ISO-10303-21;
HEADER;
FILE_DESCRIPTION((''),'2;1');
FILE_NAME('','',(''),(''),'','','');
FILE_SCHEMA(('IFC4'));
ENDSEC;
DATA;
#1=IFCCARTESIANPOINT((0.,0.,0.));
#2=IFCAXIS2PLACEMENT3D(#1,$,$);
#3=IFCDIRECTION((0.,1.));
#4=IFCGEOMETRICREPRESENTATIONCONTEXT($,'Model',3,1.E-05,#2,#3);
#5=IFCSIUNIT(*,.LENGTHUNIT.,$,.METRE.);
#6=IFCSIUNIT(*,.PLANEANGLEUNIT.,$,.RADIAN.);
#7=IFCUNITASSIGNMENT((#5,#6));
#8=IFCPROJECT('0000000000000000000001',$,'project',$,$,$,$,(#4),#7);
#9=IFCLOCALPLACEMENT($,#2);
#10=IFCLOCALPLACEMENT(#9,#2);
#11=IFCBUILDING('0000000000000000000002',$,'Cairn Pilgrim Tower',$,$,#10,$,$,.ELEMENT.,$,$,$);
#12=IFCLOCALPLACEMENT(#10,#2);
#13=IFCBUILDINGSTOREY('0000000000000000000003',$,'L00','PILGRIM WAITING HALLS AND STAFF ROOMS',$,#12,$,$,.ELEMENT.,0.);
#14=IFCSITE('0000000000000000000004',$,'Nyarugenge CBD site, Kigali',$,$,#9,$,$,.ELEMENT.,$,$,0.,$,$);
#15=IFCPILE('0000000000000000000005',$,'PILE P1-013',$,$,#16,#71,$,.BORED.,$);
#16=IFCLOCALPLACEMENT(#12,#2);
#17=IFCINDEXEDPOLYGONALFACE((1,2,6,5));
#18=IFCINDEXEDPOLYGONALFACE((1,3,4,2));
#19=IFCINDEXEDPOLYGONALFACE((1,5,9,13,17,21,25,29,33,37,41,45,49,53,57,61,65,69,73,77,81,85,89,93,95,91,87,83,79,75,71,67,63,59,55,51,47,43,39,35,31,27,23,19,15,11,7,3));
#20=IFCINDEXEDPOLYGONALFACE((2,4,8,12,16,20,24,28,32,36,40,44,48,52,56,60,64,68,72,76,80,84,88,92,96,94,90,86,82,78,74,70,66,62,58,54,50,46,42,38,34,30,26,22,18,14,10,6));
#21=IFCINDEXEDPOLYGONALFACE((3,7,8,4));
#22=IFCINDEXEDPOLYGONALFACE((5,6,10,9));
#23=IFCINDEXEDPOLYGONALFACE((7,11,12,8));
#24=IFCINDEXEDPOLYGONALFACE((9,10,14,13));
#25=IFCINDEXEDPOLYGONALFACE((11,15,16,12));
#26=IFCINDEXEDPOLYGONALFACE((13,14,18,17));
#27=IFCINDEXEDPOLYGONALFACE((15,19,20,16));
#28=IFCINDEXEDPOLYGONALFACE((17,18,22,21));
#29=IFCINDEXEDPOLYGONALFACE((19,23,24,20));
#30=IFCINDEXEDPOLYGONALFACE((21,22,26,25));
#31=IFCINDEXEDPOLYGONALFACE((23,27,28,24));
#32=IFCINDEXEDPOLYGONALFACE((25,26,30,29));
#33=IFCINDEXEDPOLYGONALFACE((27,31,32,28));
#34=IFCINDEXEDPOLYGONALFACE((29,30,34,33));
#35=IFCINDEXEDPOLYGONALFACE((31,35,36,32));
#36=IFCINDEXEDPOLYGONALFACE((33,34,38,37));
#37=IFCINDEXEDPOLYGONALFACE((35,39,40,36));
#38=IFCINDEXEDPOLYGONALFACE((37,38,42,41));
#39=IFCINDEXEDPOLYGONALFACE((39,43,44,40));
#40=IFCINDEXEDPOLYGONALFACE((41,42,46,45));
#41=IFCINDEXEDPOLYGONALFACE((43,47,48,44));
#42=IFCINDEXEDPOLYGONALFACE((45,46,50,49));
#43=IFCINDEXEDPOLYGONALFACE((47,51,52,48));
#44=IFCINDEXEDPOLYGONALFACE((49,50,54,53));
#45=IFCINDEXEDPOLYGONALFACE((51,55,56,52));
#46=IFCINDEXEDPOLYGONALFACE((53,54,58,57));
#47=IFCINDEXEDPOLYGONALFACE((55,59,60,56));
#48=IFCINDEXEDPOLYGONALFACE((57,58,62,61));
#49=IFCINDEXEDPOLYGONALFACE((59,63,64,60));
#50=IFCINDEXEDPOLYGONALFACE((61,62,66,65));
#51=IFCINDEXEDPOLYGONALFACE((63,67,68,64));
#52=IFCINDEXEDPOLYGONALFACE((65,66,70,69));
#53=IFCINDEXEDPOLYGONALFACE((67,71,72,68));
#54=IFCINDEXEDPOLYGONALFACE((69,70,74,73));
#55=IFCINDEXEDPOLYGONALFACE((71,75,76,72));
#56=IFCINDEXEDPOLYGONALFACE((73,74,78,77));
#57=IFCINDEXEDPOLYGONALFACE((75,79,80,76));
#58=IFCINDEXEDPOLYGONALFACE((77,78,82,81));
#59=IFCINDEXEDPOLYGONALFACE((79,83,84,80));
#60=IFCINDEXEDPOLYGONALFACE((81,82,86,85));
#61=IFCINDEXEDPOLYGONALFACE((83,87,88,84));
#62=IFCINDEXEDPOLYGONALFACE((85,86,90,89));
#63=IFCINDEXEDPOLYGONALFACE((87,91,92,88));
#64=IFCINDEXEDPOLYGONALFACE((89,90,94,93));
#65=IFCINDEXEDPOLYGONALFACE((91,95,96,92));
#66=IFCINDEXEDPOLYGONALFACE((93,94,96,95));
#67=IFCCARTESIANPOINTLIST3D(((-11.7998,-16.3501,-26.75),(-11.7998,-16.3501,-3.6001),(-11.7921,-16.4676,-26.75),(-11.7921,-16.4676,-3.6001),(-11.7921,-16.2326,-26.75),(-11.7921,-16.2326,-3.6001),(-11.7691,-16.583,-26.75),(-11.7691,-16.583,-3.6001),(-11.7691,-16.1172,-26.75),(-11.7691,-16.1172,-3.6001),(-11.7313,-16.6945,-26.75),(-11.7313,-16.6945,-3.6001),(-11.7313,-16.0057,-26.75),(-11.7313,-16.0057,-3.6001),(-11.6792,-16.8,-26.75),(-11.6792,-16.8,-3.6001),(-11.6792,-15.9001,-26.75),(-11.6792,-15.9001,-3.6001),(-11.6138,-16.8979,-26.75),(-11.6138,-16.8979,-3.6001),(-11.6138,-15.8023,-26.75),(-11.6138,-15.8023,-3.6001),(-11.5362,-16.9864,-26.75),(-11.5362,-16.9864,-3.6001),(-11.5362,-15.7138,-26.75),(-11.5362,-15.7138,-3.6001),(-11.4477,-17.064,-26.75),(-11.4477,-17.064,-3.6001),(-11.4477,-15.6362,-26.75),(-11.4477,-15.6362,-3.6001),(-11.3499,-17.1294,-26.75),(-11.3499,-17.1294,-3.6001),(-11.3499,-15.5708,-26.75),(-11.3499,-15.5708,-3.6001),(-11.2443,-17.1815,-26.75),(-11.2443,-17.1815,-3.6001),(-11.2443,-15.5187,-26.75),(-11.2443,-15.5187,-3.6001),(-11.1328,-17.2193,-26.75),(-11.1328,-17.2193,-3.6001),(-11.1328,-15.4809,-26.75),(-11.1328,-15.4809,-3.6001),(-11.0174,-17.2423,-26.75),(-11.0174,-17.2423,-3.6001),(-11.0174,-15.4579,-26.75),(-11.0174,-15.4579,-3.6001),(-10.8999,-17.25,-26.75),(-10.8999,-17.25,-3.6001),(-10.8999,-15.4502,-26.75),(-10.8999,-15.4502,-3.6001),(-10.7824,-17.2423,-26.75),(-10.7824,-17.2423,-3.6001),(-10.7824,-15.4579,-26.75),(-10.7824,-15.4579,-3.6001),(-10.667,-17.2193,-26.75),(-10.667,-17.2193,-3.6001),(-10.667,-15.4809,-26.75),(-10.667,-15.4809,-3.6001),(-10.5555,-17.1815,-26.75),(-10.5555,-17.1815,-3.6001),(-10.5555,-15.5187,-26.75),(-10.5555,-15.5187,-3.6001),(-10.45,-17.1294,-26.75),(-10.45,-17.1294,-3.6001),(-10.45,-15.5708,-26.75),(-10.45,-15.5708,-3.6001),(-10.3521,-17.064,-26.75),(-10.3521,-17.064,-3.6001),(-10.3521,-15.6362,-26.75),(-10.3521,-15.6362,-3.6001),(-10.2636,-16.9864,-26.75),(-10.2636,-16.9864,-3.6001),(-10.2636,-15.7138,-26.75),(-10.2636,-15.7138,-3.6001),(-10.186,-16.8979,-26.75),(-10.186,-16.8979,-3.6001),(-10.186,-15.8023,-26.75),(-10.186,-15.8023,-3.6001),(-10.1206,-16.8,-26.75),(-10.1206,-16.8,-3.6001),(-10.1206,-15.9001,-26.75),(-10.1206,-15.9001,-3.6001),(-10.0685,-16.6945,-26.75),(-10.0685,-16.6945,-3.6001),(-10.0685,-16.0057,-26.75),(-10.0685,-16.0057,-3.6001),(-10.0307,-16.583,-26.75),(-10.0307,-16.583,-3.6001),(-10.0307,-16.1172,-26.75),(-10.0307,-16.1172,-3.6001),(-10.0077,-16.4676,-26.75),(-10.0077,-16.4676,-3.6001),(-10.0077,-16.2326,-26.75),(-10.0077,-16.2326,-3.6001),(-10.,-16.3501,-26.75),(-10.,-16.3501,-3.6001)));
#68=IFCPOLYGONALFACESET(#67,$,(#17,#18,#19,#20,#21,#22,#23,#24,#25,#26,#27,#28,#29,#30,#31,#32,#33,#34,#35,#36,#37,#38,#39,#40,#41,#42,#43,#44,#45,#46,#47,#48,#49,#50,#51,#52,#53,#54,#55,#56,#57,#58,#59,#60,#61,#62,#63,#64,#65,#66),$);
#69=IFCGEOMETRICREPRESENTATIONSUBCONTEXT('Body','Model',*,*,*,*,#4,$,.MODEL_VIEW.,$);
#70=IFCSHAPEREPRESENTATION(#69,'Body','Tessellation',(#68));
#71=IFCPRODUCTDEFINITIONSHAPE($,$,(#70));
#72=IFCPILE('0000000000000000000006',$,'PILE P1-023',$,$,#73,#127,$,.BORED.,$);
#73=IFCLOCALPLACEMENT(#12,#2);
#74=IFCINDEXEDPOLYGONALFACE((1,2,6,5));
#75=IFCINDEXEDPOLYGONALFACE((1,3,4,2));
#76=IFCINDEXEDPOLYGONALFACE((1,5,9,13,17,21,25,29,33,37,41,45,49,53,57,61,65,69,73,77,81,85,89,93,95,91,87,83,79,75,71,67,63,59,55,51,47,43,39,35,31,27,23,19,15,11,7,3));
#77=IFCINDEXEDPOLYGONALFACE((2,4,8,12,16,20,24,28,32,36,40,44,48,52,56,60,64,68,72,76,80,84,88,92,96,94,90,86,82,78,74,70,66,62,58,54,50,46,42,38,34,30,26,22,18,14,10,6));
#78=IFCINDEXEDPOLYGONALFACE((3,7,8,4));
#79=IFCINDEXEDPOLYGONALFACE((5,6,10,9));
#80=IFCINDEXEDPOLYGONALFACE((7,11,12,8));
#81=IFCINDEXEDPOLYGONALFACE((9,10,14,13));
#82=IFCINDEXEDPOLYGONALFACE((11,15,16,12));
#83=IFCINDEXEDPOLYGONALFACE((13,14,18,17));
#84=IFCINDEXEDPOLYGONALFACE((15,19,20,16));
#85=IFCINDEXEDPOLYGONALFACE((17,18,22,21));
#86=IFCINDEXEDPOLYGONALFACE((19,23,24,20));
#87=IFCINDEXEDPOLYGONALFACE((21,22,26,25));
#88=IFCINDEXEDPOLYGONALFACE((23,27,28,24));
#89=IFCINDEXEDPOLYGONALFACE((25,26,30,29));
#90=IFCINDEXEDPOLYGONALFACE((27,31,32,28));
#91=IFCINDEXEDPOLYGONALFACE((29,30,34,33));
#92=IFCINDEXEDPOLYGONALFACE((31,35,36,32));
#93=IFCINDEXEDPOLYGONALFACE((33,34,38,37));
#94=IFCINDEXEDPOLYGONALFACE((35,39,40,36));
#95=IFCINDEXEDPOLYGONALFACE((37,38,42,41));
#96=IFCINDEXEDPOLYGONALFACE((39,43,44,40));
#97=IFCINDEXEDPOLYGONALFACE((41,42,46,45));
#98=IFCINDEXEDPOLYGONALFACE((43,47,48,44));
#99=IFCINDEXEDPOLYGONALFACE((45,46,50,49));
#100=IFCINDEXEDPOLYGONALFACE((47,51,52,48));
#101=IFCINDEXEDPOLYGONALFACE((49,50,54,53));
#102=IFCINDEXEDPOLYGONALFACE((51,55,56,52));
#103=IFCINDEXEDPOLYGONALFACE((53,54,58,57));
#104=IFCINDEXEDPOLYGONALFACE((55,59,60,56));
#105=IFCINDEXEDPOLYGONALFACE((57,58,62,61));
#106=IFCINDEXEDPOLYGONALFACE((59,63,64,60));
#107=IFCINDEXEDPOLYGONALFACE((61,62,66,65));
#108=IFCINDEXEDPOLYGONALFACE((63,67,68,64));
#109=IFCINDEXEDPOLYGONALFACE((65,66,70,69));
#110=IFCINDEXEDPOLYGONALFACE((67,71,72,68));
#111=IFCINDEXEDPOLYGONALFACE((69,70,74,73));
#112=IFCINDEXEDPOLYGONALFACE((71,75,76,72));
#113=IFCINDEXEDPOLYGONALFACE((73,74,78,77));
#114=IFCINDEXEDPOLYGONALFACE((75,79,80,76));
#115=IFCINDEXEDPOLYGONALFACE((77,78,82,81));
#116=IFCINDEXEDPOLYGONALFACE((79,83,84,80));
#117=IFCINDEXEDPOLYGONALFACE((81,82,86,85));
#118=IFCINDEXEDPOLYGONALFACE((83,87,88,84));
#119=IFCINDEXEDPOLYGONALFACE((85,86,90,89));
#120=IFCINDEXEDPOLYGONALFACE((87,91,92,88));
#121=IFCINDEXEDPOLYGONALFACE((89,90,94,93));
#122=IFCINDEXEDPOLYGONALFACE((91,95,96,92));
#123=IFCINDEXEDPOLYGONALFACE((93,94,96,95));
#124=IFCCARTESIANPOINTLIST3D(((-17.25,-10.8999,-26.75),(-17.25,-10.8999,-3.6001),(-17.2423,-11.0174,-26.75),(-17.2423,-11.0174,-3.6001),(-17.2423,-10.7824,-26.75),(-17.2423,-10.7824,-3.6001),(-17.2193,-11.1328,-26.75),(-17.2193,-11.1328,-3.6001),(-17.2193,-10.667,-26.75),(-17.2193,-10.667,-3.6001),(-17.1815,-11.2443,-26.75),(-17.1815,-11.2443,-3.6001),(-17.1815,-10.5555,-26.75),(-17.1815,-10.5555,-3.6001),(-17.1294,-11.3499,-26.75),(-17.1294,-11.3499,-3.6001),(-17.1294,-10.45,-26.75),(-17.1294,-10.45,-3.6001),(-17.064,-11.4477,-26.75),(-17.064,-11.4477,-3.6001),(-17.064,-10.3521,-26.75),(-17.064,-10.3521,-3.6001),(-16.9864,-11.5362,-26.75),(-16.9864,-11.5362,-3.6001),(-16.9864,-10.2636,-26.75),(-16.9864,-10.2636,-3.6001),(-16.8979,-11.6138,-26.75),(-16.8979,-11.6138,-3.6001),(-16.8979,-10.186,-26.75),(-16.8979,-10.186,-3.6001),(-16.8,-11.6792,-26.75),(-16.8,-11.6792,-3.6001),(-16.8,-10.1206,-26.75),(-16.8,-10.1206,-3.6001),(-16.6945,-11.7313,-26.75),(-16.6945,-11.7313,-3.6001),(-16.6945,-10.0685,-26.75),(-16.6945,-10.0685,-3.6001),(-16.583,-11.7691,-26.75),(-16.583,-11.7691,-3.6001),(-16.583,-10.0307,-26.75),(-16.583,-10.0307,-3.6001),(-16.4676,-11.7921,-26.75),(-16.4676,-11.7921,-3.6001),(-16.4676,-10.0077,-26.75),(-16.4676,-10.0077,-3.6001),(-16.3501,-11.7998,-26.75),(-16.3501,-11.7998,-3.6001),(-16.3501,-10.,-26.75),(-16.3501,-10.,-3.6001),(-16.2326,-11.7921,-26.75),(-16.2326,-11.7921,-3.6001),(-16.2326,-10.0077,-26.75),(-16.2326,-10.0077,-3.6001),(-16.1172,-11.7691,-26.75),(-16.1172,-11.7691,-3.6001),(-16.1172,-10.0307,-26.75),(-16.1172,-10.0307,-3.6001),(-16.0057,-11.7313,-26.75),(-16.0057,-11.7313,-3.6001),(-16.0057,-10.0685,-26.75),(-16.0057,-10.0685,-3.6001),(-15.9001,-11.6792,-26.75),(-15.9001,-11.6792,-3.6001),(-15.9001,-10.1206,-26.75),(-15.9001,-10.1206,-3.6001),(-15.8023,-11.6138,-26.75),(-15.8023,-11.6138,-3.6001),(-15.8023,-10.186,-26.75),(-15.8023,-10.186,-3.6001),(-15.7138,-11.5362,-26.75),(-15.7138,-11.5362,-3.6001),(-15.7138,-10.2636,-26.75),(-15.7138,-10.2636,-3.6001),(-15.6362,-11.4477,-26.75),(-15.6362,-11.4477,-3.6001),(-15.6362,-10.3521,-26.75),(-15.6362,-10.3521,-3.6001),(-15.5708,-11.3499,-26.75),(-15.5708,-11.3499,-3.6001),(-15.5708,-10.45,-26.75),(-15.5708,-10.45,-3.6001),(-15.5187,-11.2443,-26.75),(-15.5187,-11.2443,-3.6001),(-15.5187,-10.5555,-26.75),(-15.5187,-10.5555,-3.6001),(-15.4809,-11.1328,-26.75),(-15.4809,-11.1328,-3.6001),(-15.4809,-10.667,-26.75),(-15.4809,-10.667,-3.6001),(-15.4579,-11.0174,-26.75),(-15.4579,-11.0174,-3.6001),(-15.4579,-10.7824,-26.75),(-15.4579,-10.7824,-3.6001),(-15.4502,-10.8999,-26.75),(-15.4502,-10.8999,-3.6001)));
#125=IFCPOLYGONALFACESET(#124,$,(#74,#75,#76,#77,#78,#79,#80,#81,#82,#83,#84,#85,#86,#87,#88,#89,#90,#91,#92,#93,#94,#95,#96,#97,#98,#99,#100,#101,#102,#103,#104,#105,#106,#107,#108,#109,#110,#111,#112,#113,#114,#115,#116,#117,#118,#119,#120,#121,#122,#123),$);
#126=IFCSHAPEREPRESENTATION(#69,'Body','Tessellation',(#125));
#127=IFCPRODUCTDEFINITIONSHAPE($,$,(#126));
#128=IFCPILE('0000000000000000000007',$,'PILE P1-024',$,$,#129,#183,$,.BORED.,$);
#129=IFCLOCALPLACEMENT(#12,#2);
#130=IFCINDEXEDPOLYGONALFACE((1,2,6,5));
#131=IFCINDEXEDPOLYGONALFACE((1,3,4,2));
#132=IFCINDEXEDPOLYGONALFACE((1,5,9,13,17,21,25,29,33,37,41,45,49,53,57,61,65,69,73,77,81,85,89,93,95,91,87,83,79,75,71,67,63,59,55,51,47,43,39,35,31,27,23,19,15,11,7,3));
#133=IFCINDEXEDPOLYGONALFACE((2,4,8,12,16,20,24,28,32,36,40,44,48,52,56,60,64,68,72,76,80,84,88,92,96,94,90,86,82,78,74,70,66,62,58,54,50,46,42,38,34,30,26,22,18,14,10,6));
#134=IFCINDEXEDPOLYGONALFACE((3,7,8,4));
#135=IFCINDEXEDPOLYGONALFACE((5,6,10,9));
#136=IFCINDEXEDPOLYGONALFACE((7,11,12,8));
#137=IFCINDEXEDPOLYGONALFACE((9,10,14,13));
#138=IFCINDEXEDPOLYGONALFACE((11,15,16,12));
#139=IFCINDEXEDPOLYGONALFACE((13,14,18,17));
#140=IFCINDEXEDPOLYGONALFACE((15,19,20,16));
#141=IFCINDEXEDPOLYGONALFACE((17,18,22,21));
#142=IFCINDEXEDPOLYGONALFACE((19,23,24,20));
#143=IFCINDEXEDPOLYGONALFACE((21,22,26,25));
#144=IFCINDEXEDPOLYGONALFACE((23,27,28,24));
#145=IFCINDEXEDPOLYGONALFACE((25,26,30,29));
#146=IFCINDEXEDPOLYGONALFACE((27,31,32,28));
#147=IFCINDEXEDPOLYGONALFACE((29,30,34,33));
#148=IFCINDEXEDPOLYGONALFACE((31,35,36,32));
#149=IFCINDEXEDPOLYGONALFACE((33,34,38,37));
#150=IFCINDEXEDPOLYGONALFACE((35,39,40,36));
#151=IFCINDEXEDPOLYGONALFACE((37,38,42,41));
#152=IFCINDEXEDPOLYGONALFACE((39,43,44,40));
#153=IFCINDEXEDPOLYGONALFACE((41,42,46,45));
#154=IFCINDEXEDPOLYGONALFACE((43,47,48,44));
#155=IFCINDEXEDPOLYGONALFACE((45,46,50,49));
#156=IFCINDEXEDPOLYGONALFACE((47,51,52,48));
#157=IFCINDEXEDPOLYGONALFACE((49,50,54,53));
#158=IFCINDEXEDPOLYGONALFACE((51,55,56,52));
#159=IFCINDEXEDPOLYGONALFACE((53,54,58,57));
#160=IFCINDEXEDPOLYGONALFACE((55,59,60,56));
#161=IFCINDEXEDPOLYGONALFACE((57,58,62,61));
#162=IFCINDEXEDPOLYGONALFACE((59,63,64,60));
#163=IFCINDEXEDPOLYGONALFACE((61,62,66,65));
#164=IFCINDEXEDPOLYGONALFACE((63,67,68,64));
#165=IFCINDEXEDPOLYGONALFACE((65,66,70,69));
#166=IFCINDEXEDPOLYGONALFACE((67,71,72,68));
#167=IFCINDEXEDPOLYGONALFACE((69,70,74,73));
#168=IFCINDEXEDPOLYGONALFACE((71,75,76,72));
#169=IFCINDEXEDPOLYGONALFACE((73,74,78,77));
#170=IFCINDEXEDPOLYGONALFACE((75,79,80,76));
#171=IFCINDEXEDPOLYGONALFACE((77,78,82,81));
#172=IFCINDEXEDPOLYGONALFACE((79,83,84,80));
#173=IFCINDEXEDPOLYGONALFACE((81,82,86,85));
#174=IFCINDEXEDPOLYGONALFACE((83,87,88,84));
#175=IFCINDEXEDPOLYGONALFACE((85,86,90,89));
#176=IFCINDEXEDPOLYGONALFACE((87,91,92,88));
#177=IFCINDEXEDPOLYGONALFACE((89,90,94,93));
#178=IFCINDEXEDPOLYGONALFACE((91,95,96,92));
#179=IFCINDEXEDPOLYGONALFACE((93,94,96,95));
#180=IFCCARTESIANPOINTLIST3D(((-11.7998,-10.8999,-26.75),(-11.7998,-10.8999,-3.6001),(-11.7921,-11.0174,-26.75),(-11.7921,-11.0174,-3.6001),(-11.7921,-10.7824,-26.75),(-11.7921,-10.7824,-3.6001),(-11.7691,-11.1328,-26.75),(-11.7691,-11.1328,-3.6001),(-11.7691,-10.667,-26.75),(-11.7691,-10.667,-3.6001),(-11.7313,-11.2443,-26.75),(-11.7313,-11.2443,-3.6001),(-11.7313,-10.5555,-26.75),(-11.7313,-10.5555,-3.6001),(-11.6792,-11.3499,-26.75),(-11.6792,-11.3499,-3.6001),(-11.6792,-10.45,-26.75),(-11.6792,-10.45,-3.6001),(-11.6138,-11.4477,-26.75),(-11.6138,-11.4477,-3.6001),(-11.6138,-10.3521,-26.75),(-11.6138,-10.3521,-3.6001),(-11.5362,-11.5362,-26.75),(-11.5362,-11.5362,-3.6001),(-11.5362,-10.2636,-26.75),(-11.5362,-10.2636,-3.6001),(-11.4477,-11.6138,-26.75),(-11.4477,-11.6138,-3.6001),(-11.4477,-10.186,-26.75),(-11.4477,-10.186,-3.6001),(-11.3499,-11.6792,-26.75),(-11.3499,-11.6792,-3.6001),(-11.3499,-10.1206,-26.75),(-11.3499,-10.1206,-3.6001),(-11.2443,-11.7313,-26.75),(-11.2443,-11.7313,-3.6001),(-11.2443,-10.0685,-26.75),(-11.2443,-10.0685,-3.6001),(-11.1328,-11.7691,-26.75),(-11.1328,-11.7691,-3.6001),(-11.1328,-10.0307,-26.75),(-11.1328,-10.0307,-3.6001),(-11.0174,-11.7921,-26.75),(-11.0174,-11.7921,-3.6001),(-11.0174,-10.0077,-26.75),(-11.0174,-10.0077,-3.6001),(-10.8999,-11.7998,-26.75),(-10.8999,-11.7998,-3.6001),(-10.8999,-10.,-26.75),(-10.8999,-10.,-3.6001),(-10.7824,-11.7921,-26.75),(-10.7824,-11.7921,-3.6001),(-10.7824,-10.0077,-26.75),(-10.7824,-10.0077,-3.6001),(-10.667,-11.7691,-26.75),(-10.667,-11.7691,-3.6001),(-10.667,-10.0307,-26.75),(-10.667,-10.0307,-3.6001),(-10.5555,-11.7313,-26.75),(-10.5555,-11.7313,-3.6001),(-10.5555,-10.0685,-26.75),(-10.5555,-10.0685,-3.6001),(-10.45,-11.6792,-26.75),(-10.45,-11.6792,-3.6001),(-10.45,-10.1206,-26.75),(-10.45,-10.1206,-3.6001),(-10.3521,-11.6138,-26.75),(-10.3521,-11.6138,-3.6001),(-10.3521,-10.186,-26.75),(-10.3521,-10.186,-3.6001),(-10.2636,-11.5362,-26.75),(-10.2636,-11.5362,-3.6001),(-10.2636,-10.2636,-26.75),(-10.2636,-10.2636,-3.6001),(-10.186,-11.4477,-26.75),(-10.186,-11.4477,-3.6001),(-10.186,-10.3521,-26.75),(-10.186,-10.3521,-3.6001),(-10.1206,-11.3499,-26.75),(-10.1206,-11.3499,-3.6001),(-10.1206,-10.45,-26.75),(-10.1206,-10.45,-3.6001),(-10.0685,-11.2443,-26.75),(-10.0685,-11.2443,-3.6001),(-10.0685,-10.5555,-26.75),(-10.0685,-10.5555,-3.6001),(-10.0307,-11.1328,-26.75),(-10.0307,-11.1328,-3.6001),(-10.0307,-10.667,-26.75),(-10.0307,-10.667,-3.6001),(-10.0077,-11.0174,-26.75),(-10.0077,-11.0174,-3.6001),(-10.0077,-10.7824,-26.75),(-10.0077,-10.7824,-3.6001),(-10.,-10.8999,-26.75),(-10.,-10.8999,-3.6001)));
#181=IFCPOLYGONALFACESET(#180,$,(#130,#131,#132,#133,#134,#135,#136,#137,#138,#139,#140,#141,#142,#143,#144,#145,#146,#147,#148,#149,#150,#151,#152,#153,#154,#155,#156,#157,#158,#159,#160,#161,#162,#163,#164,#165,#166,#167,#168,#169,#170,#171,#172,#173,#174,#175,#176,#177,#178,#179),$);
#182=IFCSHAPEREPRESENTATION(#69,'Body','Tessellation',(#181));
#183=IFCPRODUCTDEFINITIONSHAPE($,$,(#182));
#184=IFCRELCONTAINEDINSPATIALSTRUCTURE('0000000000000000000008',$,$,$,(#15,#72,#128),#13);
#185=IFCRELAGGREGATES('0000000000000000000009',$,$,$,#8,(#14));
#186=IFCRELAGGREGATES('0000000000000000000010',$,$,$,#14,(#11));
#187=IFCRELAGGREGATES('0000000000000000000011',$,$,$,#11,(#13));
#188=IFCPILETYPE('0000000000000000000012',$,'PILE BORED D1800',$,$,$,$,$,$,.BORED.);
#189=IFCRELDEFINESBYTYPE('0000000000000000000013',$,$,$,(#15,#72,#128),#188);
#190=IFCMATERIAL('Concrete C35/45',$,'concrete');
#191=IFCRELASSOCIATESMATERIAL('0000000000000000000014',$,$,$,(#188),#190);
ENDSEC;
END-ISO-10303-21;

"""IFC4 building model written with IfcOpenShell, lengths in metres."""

from ifc_helpers import new_model, si_unit, direction, frame, origin, origin_2d, place, context, subcontext, project, spatial, circle, extrude, material, material_profile, profile_set, type_object, element, save


model = new_model("IFC4")

# Units and contexts
model_context = context("Model", 3, precision=1e-05, world=origin(), true_north=direction((0.0, 1.0)))
body_context = subcontext(model_context, "Body", "Model", "MODEL_VIEW")
ifc_project = project(units=[si_unit("LENGTHUNIT", "METRE"), si_unit("PLANEANGLEUNIT", "RADIAN")], contexts=[model_context])

# Site, building, storey
site_placement = place(None, origin())
site = spatial("IfcSite", under=ifc_project, at=site_placement, Name="Nyarugenge CBD site, Kigali", CompositionType="ELEMENT", RefElevation=0.0)
building_placement = place(site_placement, origin())
building = spatial("IfcBuilding", under=site, at=building_placement, Name="Cairn Pilgrim Tower", CompositionType="ELEMENT")
storey_placement = place(building_placement, origin())
storey = spatial("IfcBuildingStorey", under=building, at=storey_placement, Name="L00", Description="PILGRIM WAITING HALLS AND STAFF ROOMS", CompositionType="ELEMENT", Elevation=0.0)

# Piles
ifc_material_1 = material(Name="Concrete C35/45", Category="concrete")
ifc_material_profile_1 = material_profile(ifc_material_1, circle(Radius=0.8999, at=origin_2d()), Name="D1800")
ifc_profile_set_1 = profile_set([ifc_material_profile_1], Name="Concrete C35/45")
pile_type = type_object("IfcPileType", Name="PILE BORED D1800", PredefinedType="BORED", material=ifc_profile_set_1)
for number, where, z_axis, x_axis, name in (
    (1, (-10.8999, -16.3501, -3.6001), (0.0, 0.0, -1.0), (1.0, 0.0, 0.0), "PILE P1-013"),
    (2, (-16.3501, -10.8999, -3.6001), (0.0, 0.0, -1.0), (1.0, 0.0, 0.0), "PILE P1-023"),
    (3, (-10.8999, -10.8999, -3.6001), (0.0, 0.0, -1.0), (1.0, 0.0, 0.0), "PILE P1-024"),
):
    element("IfcPile", number, at=place(storey_placement, frame(where, z_axis=z_axis, x_axis=x_axis)), inside=storey, type_object=pile_type, Name=name, PredefinedType="BORED", context=body_context, shape_type="SweptSolid", body=[
        extrude(circle(Radius=0.8999, at=origin_2d()), origin(), (0.0, 0.0, 1.0), 23.1499),
    ])

save(model, "model.ifc")
